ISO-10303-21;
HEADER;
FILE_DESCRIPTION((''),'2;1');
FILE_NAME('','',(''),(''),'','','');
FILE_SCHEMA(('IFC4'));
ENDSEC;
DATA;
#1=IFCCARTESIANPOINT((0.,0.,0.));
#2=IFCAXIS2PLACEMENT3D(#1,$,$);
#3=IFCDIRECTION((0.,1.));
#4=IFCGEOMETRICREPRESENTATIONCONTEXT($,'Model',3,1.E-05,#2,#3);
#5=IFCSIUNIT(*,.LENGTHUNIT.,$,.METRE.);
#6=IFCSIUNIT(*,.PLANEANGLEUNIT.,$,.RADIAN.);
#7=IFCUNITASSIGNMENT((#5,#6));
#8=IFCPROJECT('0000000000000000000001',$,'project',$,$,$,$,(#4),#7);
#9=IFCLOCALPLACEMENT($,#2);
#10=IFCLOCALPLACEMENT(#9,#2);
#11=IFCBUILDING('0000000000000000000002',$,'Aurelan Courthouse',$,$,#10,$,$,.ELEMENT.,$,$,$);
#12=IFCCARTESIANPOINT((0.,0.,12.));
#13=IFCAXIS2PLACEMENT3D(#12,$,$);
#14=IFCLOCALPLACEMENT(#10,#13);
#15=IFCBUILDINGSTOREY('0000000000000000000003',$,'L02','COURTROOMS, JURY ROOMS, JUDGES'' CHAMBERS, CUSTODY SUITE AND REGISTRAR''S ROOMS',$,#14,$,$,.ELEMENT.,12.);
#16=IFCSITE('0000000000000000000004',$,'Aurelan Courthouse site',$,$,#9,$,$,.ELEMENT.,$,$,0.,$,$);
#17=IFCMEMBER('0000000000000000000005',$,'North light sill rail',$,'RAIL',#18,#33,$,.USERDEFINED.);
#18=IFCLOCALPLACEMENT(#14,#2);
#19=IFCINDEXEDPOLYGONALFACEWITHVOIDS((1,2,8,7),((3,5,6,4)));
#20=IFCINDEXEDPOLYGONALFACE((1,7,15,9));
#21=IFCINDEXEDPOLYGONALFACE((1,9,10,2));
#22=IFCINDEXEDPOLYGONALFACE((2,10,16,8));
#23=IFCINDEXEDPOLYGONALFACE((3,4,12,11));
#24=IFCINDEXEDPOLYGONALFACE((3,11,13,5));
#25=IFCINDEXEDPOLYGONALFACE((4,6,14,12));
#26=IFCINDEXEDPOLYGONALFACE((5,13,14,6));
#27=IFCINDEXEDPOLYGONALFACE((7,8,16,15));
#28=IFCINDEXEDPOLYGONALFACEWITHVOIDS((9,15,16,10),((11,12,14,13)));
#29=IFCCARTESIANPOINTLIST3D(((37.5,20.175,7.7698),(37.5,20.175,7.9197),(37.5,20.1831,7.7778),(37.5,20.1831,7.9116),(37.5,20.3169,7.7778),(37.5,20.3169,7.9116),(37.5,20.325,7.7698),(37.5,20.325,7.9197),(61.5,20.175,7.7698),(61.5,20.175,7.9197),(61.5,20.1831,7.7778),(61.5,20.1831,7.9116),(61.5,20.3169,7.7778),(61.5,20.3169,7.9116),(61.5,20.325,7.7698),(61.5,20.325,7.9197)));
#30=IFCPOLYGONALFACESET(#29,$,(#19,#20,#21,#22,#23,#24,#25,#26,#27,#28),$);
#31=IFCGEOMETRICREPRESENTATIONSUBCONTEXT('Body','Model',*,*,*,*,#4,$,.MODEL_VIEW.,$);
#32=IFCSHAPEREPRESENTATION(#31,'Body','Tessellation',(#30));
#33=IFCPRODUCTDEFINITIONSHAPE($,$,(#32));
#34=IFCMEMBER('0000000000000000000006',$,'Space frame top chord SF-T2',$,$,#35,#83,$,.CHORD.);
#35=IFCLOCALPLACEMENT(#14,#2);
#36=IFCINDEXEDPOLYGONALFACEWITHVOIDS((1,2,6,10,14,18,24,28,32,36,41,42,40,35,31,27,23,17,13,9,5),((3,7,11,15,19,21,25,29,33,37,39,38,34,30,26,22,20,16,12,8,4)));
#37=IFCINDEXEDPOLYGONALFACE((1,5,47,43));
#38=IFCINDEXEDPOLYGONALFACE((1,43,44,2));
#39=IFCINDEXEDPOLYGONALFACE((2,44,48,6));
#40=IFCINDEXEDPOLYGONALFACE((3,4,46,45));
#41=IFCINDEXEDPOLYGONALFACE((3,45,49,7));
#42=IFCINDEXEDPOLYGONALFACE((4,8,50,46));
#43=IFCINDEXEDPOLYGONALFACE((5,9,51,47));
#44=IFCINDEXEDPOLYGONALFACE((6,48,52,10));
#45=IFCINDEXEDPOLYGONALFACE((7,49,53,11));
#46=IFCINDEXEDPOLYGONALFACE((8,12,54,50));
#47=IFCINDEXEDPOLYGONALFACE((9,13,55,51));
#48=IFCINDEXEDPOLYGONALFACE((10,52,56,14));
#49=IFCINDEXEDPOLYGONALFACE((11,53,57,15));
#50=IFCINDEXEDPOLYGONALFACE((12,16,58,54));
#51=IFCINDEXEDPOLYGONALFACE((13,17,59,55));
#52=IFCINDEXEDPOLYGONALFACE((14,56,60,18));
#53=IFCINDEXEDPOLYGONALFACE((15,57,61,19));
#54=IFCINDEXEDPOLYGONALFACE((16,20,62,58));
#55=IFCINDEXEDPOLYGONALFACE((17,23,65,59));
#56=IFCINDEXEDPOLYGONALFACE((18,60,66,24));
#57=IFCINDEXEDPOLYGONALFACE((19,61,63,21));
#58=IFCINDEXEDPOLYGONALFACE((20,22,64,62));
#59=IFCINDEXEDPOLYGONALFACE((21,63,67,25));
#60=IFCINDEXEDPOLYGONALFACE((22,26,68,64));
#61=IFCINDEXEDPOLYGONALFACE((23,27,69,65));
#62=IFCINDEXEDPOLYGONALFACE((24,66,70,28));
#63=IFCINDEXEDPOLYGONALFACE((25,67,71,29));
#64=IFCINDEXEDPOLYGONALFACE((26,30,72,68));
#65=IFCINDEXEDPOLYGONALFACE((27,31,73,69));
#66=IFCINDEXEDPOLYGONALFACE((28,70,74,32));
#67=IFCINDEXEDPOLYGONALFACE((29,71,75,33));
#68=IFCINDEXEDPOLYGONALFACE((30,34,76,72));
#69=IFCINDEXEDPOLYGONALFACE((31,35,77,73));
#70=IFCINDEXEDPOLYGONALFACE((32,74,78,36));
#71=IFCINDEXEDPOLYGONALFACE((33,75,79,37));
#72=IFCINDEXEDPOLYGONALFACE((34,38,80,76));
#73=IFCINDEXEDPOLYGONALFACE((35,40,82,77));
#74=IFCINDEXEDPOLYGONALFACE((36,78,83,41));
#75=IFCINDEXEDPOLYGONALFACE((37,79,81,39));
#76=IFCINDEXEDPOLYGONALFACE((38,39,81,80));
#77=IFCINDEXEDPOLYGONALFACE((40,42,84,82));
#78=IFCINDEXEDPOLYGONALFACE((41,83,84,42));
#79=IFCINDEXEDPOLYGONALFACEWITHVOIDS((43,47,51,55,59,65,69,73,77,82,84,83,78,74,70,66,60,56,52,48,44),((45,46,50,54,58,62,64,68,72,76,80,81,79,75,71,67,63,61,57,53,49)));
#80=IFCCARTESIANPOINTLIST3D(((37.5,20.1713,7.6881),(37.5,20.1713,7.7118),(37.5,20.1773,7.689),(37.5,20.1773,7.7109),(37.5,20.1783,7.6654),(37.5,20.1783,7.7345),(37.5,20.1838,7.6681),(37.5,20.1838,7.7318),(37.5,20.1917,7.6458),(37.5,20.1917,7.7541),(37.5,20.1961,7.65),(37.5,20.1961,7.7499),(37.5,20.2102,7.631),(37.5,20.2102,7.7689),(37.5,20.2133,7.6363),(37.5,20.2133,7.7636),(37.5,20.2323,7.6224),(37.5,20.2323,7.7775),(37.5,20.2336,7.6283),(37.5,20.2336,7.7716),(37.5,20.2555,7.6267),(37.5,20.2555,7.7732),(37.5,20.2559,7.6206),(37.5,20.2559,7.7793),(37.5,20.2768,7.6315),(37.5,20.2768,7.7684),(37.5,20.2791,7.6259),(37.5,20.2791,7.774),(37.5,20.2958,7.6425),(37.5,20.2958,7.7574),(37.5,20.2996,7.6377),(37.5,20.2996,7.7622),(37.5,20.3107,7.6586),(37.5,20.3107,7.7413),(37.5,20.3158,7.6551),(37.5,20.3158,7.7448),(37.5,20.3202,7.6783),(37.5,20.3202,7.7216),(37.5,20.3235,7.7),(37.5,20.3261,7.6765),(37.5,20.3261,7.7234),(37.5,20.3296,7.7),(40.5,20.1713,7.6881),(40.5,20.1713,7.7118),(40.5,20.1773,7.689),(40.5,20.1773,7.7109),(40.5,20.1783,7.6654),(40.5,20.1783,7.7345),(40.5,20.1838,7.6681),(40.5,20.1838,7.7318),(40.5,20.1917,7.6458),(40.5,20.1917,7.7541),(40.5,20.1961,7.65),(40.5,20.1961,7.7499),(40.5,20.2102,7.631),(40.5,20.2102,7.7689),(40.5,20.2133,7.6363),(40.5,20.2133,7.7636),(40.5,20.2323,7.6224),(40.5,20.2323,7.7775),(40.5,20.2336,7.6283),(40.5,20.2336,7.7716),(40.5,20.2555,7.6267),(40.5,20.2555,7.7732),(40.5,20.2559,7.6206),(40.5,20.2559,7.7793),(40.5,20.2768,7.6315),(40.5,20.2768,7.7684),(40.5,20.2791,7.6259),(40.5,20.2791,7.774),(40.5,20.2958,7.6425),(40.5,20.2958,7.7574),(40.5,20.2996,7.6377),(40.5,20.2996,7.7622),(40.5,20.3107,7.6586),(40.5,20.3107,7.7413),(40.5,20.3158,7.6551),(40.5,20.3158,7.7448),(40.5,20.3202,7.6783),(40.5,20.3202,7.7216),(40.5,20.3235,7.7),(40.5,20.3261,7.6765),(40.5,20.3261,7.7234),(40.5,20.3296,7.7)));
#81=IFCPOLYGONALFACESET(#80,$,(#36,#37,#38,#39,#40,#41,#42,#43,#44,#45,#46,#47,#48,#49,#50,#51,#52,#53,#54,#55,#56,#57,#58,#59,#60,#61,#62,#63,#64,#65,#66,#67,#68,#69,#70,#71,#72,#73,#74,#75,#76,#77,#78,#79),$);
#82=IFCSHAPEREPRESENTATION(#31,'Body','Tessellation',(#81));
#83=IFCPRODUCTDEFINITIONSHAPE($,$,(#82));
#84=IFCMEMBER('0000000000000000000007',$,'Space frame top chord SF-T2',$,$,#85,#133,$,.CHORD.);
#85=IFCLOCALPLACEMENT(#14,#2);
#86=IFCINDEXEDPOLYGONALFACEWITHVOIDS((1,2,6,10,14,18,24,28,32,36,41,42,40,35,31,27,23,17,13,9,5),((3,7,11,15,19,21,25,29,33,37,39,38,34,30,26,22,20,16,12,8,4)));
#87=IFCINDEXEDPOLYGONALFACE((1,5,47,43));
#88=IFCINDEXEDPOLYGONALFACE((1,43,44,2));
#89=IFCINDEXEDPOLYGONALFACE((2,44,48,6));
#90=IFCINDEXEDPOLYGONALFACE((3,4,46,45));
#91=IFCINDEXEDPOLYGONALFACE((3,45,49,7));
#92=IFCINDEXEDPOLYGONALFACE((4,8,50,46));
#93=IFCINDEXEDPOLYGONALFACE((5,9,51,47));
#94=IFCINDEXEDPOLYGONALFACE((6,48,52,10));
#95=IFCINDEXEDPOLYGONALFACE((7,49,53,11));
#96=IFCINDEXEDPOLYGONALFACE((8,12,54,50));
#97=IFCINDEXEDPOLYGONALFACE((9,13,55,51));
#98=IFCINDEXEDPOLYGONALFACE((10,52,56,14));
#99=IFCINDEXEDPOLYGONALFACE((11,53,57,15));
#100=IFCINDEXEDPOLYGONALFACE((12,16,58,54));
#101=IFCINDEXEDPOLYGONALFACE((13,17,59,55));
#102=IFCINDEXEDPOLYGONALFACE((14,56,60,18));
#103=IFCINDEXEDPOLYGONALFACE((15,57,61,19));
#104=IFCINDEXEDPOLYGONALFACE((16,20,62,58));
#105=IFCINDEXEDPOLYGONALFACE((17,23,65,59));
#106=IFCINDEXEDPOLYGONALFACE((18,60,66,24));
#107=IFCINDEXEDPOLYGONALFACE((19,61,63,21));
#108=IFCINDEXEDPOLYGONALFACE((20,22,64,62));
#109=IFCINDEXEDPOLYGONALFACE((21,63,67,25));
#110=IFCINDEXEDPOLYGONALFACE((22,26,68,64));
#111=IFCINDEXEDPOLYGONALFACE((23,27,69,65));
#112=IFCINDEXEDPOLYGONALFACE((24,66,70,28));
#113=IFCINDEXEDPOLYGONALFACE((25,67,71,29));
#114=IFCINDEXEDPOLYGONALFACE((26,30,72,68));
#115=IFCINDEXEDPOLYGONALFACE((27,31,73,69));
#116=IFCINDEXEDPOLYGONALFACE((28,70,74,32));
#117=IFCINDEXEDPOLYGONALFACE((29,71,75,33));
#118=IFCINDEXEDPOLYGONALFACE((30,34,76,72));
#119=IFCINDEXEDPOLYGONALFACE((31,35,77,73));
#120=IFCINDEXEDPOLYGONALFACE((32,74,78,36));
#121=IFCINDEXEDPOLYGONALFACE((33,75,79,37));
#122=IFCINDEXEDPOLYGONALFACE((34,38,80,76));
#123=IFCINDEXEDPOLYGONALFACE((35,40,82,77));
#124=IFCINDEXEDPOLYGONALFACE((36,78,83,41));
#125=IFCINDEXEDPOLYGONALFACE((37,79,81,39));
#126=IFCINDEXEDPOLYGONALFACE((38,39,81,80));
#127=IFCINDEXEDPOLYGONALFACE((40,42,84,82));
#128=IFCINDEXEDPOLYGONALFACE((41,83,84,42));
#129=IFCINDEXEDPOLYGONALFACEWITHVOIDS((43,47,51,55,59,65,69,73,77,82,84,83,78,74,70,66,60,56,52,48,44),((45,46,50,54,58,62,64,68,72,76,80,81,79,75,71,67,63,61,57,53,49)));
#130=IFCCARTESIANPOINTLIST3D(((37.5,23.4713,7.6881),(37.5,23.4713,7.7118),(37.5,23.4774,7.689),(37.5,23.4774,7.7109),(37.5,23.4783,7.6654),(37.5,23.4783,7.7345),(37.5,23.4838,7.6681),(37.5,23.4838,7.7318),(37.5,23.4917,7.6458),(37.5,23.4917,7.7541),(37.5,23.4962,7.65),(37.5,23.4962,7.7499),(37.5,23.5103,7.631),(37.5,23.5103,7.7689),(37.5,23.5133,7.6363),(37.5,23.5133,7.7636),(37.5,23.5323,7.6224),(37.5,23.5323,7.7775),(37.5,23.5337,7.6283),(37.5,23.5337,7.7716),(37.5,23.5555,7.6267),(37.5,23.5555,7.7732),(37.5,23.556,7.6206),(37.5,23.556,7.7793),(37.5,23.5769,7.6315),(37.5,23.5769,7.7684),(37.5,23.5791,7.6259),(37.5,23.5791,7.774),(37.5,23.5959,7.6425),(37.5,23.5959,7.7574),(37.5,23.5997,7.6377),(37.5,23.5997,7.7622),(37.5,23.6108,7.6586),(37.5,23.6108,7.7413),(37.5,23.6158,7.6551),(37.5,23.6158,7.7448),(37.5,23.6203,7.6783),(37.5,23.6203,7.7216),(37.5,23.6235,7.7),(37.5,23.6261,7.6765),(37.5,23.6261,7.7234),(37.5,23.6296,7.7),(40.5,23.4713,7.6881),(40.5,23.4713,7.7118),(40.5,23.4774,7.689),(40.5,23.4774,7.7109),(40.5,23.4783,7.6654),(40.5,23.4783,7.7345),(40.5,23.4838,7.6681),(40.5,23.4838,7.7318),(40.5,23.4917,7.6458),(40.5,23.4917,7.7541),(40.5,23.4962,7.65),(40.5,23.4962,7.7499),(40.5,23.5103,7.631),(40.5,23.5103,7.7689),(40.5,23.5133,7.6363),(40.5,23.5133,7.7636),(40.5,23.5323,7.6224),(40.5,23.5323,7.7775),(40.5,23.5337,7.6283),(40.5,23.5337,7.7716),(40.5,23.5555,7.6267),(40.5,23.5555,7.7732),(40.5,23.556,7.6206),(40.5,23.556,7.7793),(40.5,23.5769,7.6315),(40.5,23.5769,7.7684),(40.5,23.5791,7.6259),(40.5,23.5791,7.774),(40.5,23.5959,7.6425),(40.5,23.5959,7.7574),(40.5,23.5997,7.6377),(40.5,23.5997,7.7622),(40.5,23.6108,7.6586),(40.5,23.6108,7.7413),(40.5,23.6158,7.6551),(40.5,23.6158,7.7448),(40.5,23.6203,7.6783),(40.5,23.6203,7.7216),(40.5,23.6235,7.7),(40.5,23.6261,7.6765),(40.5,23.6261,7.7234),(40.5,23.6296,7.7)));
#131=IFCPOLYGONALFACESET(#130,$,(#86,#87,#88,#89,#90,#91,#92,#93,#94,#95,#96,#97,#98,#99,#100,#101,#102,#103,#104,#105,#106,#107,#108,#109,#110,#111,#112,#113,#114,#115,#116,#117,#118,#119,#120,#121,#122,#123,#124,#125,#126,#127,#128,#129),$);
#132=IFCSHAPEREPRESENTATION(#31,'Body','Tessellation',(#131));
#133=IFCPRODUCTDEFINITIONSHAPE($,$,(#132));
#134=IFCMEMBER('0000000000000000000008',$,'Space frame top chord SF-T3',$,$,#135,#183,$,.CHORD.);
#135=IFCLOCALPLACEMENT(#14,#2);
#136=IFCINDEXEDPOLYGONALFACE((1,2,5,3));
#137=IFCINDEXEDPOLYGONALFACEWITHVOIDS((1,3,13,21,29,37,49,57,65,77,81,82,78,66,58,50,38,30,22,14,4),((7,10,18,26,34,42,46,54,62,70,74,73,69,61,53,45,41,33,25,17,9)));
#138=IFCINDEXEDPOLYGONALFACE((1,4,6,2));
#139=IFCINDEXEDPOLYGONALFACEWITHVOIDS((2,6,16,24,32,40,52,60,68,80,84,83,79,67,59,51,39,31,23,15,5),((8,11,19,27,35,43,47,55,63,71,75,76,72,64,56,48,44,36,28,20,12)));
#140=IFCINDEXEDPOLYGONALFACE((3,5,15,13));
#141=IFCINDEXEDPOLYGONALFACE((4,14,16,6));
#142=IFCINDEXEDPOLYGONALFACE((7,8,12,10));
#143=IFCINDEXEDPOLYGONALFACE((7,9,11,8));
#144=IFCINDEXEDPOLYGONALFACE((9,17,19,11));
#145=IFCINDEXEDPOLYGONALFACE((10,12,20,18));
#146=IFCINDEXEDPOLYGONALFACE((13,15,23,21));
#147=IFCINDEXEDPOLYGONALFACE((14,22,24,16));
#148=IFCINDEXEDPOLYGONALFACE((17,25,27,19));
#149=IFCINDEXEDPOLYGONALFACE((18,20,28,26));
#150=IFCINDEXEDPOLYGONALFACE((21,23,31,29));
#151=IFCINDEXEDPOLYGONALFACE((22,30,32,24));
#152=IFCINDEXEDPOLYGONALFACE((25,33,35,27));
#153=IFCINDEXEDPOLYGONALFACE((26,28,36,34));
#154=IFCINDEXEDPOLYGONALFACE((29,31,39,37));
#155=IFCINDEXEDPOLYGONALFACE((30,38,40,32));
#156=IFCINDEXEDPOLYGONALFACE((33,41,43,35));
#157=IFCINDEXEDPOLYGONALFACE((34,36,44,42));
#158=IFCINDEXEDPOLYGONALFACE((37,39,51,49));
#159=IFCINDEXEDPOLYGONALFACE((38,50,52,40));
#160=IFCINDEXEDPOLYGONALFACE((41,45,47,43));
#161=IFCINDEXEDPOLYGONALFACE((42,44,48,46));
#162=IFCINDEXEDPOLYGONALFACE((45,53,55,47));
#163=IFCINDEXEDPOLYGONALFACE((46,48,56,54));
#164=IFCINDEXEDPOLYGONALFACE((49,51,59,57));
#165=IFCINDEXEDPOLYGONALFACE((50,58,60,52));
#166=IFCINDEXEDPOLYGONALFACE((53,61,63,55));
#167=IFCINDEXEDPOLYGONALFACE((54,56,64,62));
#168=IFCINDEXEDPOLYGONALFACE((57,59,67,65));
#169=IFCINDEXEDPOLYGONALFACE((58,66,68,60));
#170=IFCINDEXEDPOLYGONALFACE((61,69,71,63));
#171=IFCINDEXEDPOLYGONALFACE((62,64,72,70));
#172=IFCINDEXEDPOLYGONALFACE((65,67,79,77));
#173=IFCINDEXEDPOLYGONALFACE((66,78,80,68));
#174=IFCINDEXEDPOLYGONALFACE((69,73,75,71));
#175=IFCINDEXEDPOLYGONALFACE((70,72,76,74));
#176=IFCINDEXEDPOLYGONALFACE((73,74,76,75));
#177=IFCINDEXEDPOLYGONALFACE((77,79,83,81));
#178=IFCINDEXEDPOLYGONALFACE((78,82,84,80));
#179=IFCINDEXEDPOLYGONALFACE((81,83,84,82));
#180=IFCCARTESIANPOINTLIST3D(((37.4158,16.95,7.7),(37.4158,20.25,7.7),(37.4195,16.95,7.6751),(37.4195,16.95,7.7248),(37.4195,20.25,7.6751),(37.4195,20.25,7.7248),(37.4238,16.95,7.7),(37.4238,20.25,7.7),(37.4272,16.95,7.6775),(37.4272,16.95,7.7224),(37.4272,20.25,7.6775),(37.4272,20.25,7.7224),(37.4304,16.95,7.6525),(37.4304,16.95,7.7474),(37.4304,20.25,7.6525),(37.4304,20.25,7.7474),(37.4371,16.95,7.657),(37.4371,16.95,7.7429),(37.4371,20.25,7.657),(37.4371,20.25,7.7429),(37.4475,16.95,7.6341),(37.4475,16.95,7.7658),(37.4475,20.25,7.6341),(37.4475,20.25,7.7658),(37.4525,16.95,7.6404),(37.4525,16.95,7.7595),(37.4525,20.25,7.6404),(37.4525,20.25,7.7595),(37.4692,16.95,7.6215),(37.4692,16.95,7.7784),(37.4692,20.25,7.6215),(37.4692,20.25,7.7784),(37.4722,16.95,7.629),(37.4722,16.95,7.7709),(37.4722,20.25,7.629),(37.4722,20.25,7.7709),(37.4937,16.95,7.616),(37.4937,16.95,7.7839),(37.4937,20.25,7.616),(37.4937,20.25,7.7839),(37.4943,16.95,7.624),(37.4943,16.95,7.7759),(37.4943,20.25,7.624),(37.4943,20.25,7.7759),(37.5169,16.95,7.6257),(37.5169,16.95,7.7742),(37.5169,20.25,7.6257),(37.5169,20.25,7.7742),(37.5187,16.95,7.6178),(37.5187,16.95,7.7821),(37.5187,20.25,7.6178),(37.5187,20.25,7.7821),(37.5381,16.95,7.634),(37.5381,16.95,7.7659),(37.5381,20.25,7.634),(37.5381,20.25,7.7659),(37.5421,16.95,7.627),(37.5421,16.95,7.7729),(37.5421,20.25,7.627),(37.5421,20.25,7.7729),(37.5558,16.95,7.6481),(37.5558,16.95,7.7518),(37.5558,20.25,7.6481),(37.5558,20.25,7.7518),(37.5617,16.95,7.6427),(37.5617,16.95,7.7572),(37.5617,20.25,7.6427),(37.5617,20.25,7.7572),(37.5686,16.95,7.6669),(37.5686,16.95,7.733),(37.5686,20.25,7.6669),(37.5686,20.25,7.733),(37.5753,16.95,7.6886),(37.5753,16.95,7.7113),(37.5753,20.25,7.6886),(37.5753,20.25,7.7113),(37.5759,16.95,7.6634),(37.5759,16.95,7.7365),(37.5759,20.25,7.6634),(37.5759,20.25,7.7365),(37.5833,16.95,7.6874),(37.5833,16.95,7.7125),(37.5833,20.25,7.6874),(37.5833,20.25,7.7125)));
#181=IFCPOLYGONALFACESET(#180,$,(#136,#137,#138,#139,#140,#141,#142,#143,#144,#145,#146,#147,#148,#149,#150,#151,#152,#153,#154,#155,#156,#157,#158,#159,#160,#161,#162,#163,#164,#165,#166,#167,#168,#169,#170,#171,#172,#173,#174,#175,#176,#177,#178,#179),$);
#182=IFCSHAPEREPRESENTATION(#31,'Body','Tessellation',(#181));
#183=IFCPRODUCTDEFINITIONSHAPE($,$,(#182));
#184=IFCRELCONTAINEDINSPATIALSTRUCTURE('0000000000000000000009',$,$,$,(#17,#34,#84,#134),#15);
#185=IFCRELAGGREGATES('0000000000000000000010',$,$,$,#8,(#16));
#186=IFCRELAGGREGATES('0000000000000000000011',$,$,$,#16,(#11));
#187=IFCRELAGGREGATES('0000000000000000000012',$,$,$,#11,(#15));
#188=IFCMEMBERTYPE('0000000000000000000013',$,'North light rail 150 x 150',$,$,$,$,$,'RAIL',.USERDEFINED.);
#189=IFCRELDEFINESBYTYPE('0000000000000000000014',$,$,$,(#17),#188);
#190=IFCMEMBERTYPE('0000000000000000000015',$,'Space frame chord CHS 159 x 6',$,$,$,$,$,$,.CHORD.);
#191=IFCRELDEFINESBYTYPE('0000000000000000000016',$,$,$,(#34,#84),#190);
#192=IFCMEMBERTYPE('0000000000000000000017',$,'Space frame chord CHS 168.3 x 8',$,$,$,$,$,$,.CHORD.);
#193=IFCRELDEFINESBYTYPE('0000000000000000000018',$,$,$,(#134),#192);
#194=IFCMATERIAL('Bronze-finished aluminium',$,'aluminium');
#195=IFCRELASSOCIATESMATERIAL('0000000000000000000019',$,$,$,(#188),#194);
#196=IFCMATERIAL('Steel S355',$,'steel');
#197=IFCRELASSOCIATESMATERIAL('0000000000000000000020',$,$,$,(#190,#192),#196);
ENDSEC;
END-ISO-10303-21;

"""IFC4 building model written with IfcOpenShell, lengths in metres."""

from ifc_helpers import new_model, si_unit, direction, frame, origin, origin_2d, place, context, subcontext, project, spatial, hollow_rectangle, hollow_circle, extrude, material, material_profile, profile_set, type_object, element, save


model = new_model("IFC4")

# Units and contexts
model_context = context("Model", 3, precision=1e-05, world=origin(), true_north=direction((0.0, 1.0)))
body_context = subcontext(model_context, "Body", "Model", "MODEL_VIEW")
ifc_project = project(units=[si_unit("LENGTHUNIT", "METRE"), si_unit("PLANEANGLEUNIT", "RADIAN")], contexts=[model_context])

# Site, building, storey
site_placement = place(None, origin())
site = spatial("IfcSite", under=ifc_project, at=site_placement, Name="Aurelan Courthouse site", CompositionType="ELEMENT", RefElevation=0.0)
building_placement = place(site_placement, origin())
building = spatial("IfcBuilding", under=site, at=building_placement, Name="Aurelan Courthouse", CompositionType="ELEMENT")
storey_placement = place(building_placement, frame((0.0, 0.0, 12.0)))
storey = spatial("IfcBuildingStorey", under=building, at=storey_placement, Name="L02", Description="COURTROOMS, JURY ROOMS, JUDGES' CHAMBERS, CUSTODY SUITE AND REGISTRAR'S ROOMS", CompositionType="ELEMENT", Elevation=12.0)

# Members
ifc_material_1 = material(Name="Bronze-finished aluminium", Category="aluminium")
ifc_material_profile_1 = material_profile(ifc_material_1, hollow_rectangle(XDim=0.1499, YDim=0.1499, WallThickness=0.0081, at=origin_2d()), Name="North light rail 150 x 150")
ifc_profile_set_1 = profile_set([ifc_material_profile_1], Name="Bronze-finished aluminium")
member_type_1 = type_object("IfcMemberType", Name="North light rail 150 x 150", ElementType="RAIL", PredefinedType="USERDEFINED", material=ifc_profile_set_1)
member_1_placement = place(storey_placement, frame((37.5, 20.25, 7.8447), z_axis=(1.0, 0.0, 0.0), x_axis=(0.0, 1.0, 0.0)))
element("IfcMember", 1, at=member_1_placement, inside=storey, type_object=member_type_1, Name="North light sill rail", ObjectType="RAIL", PredefinedType="USERDEFINED", context=body_context, shape_type="SweptSolid", body=[
    extrude(hollow_rectangle(XDim=0.1499, YDim=0.1499, WallThickness=0.0081, at=origin_2d()), origin(), (0.0, 0.0, 1.0), 24.0),
])
ifc_material_2 = material(Name="Steel S355", Category="steel")
ifc_material_profile_2 = material_profile(ifc_material_2, hollow_circle(Radius=0.0796, WallThickness=0.0061, at=origin_2d()), Name="CHS 159 x 6")
ifc_profile_set_2 = profile_set([ifc_material_profile_2], Name="Steel S355")
member_type_2 = type_object("IfcMemberType", Name="Space frame chord CHS 159 x 6", PredefinedType="CHORD", material=ifc_profile_set_2)
for number, where, z_axis, x_axis, name in (
    (2, (37.5, 20.25, 7.7), (1.0, 0.0, 0.0), (0.0, 1.0, 0.0), "Space frame top chord SF-T2"),
    (3, (37.5, 23.55, 7.7), (1.0, 0.0, 0.0), (0.0, 1.0, 0.0), "Space frame top chord SF-T2"),
):
    element("IfcMember", number, at=place(storey_placement, frame(where, z_axis=z_axis, x_axis=x_axis)), inside=storey, type_object=member_type_2, Name=name, PredefinedType="CHORD", context=body_context, shape_type="SweptSolid", body=[
        extrude(hollow_circle(Radius=0.0796, WallThickness=0.0061, at=origin_2d()), origin(), (0.0, 0.0, 1.0), 3.0),
    ])
ifc_material_profile_3 = material_profile(ifc_material_2, hollow_circle(Radius=0.0842, WallThickness=0.0081, at=origin_2d()), Name="CHS 168.3 x 8")
ifc_profile_set_3 = profile_set([ifc_material_profile_3], Name="Steel S355")
member_type_3 = type_object("IfcMemberType", Name="Space frame chord CHS 168.3 x 8", PredefinedType="CHORD", material=ifc_profile_set_3)
for number, where, z_axis, x_axis, name in (
    (4, (37.5, 16.95, 7.7), (0.0, 1.0, 0.0), (-1.0, 0.0, 0.0), "Space frame top chord SF-T3"),
):
    element("IfcMember", number, at=place(storey_placement, frame(where, z_axis=z_axis, x_axis=x_axis)), inside=storey, type_object=member_type_3, Name=name, PredefinedType="CHORD", context=body_context, shape_type="SweptSolid", body=[
        extrude(hollow_circle(Radius=0.0842, WallThickness=0.0081, at=origin_2d()), origin(), (0.0, 0.0, 1.0), 3.3),
    ])

save(model, "model.ifc")
